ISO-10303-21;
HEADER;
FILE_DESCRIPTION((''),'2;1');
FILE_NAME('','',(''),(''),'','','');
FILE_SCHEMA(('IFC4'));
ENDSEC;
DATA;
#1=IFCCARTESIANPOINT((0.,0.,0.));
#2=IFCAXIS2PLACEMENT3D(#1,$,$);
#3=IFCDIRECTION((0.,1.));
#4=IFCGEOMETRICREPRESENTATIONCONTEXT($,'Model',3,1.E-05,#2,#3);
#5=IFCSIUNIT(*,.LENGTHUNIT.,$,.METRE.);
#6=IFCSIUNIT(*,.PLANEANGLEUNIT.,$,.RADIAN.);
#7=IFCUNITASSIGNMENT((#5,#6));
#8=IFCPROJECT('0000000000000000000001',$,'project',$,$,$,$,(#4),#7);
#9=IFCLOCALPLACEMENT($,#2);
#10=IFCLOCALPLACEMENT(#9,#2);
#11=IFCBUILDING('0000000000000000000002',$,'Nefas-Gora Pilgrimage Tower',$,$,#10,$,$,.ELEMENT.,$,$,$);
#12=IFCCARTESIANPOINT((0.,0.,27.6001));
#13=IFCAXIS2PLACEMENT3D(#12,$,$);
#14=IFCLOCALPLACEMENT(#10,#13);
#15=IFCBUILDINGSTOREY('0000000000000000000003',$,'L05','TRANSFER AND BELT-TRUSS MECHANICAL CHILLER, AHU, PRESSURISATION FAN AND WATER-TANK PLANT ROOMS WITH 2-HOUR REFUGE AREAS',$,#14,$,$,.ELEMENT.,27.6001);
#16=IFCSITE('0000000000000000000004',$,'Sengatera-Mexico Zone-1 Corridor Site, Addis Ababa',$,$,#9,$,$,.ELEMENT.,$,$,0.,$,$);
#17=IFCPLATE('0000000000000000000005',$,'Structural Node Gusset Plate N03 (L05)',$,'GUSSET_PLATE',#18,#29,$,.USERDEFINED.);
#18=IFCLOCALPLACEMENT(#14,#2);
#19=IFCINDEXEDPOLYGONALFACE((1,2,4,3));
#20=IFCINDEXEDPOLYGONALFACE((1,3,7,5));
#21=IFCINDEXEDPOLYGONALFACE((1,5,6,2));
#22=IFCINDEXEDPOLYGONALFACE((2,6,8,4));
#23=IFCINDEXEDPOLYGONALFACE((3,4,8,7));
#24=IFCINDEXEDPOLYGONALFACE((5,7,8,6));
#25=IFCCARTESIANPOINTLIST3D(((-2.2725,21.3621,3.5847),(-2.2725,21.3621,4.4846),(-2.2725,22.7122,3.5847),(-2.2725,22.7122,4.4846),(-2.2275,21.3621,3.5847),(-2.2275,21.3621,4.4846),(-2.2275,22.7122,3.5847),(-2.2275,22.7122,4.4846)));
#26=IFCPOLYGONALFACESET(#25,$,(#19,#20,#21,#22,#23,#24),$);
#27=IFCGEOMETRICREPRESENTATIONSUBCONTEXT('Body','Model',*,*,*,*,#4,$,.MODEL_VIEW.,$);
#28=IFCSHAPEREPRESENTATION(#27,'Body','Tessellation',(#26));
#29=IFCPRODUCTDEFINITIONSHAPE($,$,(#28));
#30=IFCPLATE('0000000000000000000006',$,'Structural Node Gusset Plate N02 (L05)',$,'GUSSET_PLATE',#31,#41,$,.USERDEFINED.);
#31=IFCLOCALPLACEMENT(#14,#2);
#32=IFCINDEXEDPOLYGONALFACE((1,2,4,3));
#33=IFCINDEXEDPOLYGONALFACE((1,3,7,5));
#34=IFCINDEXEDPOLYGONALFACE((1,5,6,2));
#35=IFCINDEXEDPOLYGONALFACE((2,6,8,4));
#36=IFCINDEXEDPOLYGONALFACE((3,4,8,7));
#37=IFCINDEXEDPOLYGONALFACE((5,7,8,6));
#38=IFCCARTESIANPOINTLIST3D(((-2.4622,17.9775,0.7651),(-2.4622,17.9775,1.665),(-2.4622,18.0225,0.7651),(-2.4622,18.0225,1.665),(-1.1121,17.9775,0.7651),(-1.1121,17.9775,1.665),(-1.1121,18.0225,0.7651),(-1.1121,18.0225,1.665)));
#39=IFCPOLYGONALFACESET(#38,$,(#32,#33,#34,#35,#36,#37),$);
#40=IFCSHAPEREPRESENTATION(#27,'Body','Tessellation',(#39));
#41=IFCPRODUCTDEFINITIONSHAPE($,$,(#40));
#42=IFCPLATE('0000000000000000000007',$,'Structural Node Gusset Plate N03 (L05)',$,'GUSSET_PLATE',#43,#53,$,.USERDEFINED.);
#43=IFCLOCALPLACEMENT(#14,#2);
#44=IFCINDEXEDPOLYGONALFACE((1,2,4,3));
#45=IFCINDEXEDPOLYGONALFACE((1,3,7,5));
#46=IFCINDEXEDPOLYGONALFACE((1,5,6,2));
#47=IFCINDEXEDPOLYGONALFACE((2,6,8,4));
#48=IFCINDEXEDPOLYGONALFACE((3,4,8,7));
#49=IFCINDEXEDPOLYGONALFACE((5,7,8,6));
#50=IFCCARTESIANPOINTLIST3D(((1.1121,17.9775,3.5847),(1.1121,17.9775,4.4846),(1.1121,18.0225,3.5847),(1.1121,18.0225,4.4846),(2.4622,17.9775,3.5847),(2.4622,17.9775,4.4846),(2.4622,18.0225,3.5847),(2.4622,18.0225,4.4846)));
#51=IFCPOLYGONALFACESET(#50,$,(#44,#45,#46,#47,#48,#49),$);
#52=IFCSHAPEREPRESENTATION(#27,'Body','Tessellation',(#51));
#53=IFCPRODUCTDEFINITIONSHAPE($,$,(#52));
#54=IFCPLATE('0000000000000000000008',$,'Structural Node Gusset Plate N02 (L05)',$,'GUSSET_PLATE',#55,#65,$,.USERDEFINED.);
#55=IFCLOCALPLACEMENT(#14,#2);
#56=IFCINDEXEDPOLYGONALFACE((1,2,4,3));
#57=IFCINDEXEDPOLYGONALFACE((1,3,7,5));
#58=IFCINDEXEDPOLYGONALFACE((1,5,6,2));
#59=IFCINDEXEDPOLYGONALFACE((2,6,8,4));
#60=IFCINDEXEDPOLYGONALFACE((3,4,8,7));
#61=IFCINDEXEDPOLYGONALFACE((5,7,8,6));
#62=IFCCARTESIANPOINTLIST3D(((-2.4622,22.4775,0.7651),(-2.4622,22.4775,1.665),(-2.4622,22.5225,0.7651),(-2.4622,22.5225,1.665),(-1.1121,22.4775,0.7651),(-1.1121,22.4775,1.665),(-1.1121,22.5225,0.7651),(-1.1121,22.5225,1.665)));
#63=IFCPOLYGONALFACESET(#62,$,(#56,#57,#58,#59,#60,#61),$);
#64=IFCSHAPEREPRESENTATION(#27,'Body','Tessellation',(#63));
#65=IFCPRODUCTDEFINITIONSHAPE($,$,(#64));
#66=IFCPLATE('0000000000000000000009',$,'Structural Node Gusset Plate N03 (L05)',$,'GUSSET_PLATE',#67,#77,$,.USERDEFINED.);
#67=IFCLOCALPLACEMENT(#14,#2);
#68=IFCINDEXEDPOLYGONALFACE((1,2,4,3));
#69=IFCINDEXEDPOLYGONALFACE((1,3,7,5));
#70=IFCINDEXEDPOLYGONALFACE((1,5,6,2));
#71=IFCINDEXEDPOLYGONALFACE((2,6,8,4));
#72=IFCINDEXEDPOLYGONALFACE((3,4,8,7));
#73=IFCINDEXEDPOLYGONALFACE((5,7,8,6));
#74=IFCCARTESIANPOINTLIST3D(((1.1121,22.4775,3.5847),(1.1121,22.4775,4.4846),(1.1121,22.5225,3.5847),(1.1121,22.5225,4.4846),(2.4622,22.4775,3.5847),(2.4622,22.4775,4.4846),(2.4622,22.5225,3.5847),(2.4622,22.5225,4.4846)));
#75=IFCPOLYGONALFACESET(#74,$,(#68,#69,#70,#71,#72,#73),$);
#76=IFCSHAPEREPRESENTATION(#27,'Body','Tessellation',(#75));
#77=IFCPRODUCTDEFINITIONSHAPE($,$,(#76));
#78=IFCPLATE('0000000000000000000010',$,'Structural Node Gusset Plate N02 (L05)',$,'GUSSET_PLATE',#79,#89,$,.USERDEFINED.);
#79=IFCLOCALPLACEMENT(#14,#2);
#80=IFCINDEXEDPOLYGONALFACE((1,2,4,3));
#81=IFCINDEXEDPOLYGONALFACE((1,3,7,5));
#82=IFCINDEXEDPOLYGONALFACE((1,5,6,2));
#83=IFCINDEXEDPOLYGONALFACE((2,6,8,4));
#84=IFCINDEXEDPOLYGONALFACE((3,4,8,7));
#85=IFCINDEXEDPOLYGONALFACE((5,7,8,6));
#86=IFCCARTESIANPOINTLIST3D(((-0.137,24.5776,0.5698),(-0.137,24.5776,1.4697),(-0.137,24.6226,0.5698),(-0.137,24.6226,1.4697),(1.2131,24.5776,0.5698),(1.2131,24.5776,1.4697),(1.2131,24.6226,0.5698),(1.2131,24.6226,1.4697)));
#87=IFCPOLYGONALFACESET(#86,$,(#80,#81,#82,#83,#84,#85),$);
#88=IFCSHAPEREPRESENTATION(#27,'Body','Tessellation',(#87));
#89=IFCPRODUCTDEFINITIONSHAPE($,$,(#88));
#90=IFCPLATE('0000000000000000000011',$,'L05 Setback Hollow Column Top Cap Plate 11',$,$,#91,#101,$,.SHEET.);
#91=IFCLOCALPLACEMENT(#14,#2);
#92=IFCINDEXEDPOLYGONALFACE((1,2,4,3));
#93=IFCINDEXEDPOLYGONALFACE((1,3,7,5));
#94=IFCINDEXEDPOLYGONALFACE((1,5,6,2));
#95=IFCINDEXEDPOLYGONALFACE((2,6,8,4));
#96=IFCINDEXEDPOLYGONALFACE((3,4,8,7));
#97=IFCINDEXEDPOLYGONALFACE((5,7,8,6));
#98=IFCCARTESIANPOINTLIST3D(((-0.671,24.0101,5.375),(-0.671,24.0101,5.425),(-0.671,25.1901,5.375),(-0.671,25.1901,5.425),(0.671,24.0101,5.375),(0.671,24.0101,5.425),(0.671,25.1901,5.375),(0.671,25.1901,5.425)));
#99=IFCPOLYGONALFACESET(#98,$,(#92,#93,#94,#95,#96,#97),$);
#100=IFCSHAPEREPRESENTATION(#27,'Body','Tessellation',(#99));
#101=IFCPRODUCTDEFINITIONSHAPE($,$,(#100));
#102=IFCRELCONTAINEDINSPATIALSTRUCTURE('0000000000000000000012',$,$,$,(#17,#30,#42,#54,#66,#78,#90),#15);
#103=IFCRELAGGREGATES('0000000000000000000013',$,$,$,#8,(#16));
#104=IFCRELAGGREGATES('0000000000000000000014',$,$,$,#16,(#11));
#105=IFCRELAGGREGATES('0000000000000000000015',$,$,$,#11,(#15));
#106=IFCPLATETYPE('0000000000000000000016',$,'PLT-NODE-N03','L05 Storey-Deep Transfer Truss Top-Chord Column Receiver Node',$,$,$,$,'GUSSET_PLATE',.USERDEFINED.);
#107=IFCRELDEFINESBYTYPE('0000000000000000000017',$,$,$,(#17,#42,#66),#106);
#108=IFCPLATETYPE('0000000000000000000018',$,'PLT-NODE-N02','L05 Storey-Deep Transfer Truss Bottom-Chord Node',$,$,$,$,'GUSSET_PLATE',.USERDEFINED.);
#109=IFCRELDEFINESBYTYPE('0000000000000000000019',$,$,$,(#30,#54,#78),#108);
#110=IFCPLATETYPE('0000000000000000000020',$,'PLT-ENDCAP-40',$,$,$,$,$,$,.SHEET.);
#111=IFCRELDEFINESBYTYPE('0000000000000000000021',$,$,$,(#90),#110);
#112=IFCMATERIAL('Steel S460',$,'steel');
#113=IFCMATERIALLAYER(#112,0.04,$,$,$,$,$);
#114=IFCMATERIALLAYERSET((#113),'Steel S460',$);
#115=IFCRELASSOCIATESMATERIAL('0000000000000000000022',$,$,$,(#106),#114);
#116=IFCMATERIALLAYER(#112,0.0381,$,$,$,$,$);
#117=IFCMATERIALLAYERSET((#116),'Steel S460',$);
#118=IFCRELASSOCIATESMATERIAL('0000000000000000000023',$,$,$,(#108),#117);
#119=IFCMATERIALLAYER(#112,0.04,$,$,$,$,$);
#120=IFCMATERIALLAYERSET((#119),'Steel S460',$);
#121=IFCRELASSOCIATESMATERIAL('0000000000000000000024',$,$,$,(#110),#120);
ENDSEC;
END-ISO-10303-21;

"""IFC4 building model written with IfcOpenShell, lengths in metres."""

from ifc_helpers import new_model, si_unit, direction, frame, origin, origin_2d, place, context, subcontext, project, spatial, rectangle, extrude, source, transform, mapped, material, layer, layer_set, type_object, element, save


model = new_model("IFC4")

# Units and contexts
model_context = context("Model", 3, precision=1e-05, world=origin(), true_north=direction((0.0, 1.0)))
body_context = subcontext(model_context, "Body", "Model", "MODEL_VIEW")
ifc_project = project(units=[si_unit("LENGTHUNIT", "METRE"), si_unit("PLANEANGLEUNIT", "RADIAN")], contexts=[model_context])

# Site, building, storey
site_placement = place(None, origin())
site = spatial("IfcSite", under=ifc_project, at=site_placement, Name="Sengatera-Mexico Zone-1 Corridor Site, Addis Ababa", CompositionType="ELEMENT", RefElevation=0.0)
building_placement = place(site_placement, origin())
building = spatial("IfcBuilding", under=site, at=building_placement, Name="Nefas-Gora Pilgrimage Tower", CompositionType="ELEMENT")
storey_placement = place(building_placement, frame((0.0, 0.0, 27.6001)))
storey = spatial("IfcBuildingStorey", under=building, at=storey_placement, Name="L05", Description="TRANSFER AND BELT-TRUSS MECHANICAL CHILLER, AHU, PRESSURISATION FAN AND WATER-TANK PLANT ROOMS WITH 2-HOUR REFUGE AREAS", CompositionType="ELEMENT", Elevation=27.6001)

# Shared definitions
ifc_material = material(Name="Steel S460", Category="steel")

# Plates
ifc_layer_1 = layer(ifc_material, 0.04)
ifc_layer_set_1 = layer_set([ifc_layer_1], Name="Steel S460")
plate_type_1 = type_object("IfcPlateType", Name="PLT-NODE-N03", Description="L05 Storey-Deep Transfer Truss Top-Chord Column Receiver Node", ElementType="GUSSET_PLATE", PredefinedType="USERDEFINED", material=ifc_layer_set_1)
shared_shape_1 = source(origin(), body_context, "Body", "SweptSolid", [
    extrude(rectangle(XDim=1.3501, YDim=0.0449, at=origin_2d()), origin(), (0.0, 0.0, 1.0), 0.8999),
])
ifc_layer_2 = layer(ifc_material, 0.0381)
ifc_layer_set_2 = layer_set([ifc_layer_2], Name="Steel S460")
plate_type_2 = type_object("IfcPlateType", Name="PLT-NODE-N02", Description="L05 Storey-Deep Transfer Truss Bottom-Chord Node", ElementType="GUSSET_PLATE", PredefinedType="USERDEFINED", material=ifc_layer_set_2)
plate_1_placement = place(storey_placement, frame((-2.25, 22.0371, 3.5847), z_axis=(0.0, 0.0, 1.0), x_axis=(0.0, 1.0, 0.0)))
element("IfcPlate", 1, at=plate_1_placement, inside=storey, type_object=plate_type_1, Name="Structural Node Gusset Plate N03 (L05)", ObjectType="GUSSET_PLATE", PredefinedType="USERDEFINED", context=body_context, shape_type="MappedRepresentation", body=[
    mapped(shared_shape_1, transform((0.0, 0.0, 0.0), x_axis=(1.0, 0.0, 0.0), y_axis=(0.0, 1.0, 0.0), z_axis=(0.0, 0.0, 1.0), scale=1.0)),
])
plate_2_placement = place(storey_placement, frame((-1.7871, 18.0, 0.7651), z_axis=(0.0, 0.0, 1.0), x_axis=(1.0, 0.0, 0.0)))
element("IfcPlate", 2, at=plate_2_placement, inside=storey, type_object=plate_type_2, Name="Structural Node Gusset Plate N02 (L05)", ObjectType="GUSSET_PLATE", PredefinedType="USERDEFINED", context=body_context, shape_type="MappedRepresentation", body=[
    mapped(shared_shape_1, transform((0.0, 0.0, 0.0), x_axis=(1.0, 0.0, 0.0), y_axis=(0.0, 1.0, 0.0), z_axis=(0.0, 0.0, 1.0), scale=1.0)),
])
plate_3_placement = place(storey_placement, frame((1.7871, 18.0, 3.5847), z_axis=(0.0, 0.0, 1.0), x_axis=(1.0, 0.0, 0.0)))
element("IfcPlate", 3, at=plate_3_placement, inside=storey, type_object=plate_type_1, Name="Structural Node Gusset Plate N03 (L05)", ObjectType="GUSSET_PLATE", PredefinedType="USERDEFINED", context=body_context, shape_type="MappedRepresentation", body=[
    mapped(shared_shape_1, transform((0.0, 0.0, 0.0), x_axis=(1.0, 0.0, 0.0), y_axis=(0.0, 1.0, 0.0), z_axis=(0.0, 0.0, 1.0), scale=1.0)),
])
plate_4_placement = place(storey_placement, frame((-1.7871, 22.5, 0.7651), z_axis=(0.0, 0.0, 1.0), x_axis=(1.0, 0.0, 0.0)))
element("IfcPlate", 4, at=plate_4_placement, inside=storey, type_object=plate_type_2, Name="Structural Node Gusset Plate N02 (L05)", ObjectType="GUSSET_PLATE", PredefinedType="USERDEFINED", context=body_context, shape_type="MappedRepresentation", body=[
    mapped(shared_shape_1, transform((0.0, 0.0, 0.0), x_axis=(1.0, 0.0, 0.0), y_axis=(0.0, 1.0, 0.0), z_axis=(0.0, 0.0, 1.0), scale=1.0)),
])
plate_5_placement = place(storey_placement, frame((1.7871, 22.5, 3.5847), z_axis=(0.0, 0.0, 1.0), x_axis=(1.0, 0.0, 0.0)))
element("IfcPlate", 5, at=plate_5_placement, inside=storey, type_object=plate_type_1, Name="Structural Node Gusset Plate N03 (L05)", ObjectType="GUSSET_PLATE", PredefinedType="USERDEFINED", context=body_context, shape_type="MappedRepresentation", body=[
    mapped(shared_shape_1, transform((0.0, 0.0, 0.0), x_axis=(1.0, 0.0, 0.0), y_axis=(0.0, 1.0, 0.0), z_axis=(0.0, 0.0, 1.0), scale=1.0)),
])
plate_6_placement = place(storey_placement, frame((0.5381, 24.6001, 0.5698), z_axis=(0.0, 0.0, 1.0), x_axis=(1.0, 0.0, 0.0)))
element("IfcPlate", 6, at=plate_6_placement, inside=storey, type_object=plate_type_2, Name="Structural Node Gusset Plate N02 (L05)", ObjectType="GUSSET_PLATE", PredefinedType="USERDEFINED", context=body_context, shape_type="MappedRepresentation", body=[
    mapped(shared_shape_1, transform((0.0, 0.0, 0.0), x_axis=(1.0, 0.0, 0.0), y_axis=(0.0, 1.0, 0.0), z_axis=(0.0, 0.0, 1.0), scale=1.0)),
])
ifc_layer_3 = layer(ifc_material, 0.04)
ifc_layer_set_3 = layer_set([ifc_layer_3], Name="Steel S460")
plate_type_3 = type_object("IfcPlateType", Name="PLT-ENDCAP-40", PredefinedType="SHEET", material=ifc_layer_set_3)
shared_shape_2 = source(origin(), body_context, "Body", "SweptSolid", [
    extrude(rectangle(XDim=1.342, YDim=1.1799, at=origin_2d()), origin(), (0.0, 0.0, 1.0), 0.05),
])
plate_7_placement = place(storey_placement, frame((0.0, 24.6001, 5.375), z_axis=(0.0, 0.0, 1.0), x_axis=(1.0, 0.0, 0.0)))
element("IfcPlate", 7, at=plate_7_placement, inside=storey, type_object=plate_type_3, Name="L05 Setback Hollow Column Top Cap Plate 11", PredefinedType="SHEET", context=body_context, shape_type="MappedRepresentation", body=[
    mapped(shared_shape_2, transform((0.0, 0.0, 0.0), x_axis=(1.0, 0.0, 0.0), y_axis=(0.0, 1.0, 0.0), z_axis=(0.0, 0.0, 1.0), scale=1.0)),
])

save(model, "model.ifc")
